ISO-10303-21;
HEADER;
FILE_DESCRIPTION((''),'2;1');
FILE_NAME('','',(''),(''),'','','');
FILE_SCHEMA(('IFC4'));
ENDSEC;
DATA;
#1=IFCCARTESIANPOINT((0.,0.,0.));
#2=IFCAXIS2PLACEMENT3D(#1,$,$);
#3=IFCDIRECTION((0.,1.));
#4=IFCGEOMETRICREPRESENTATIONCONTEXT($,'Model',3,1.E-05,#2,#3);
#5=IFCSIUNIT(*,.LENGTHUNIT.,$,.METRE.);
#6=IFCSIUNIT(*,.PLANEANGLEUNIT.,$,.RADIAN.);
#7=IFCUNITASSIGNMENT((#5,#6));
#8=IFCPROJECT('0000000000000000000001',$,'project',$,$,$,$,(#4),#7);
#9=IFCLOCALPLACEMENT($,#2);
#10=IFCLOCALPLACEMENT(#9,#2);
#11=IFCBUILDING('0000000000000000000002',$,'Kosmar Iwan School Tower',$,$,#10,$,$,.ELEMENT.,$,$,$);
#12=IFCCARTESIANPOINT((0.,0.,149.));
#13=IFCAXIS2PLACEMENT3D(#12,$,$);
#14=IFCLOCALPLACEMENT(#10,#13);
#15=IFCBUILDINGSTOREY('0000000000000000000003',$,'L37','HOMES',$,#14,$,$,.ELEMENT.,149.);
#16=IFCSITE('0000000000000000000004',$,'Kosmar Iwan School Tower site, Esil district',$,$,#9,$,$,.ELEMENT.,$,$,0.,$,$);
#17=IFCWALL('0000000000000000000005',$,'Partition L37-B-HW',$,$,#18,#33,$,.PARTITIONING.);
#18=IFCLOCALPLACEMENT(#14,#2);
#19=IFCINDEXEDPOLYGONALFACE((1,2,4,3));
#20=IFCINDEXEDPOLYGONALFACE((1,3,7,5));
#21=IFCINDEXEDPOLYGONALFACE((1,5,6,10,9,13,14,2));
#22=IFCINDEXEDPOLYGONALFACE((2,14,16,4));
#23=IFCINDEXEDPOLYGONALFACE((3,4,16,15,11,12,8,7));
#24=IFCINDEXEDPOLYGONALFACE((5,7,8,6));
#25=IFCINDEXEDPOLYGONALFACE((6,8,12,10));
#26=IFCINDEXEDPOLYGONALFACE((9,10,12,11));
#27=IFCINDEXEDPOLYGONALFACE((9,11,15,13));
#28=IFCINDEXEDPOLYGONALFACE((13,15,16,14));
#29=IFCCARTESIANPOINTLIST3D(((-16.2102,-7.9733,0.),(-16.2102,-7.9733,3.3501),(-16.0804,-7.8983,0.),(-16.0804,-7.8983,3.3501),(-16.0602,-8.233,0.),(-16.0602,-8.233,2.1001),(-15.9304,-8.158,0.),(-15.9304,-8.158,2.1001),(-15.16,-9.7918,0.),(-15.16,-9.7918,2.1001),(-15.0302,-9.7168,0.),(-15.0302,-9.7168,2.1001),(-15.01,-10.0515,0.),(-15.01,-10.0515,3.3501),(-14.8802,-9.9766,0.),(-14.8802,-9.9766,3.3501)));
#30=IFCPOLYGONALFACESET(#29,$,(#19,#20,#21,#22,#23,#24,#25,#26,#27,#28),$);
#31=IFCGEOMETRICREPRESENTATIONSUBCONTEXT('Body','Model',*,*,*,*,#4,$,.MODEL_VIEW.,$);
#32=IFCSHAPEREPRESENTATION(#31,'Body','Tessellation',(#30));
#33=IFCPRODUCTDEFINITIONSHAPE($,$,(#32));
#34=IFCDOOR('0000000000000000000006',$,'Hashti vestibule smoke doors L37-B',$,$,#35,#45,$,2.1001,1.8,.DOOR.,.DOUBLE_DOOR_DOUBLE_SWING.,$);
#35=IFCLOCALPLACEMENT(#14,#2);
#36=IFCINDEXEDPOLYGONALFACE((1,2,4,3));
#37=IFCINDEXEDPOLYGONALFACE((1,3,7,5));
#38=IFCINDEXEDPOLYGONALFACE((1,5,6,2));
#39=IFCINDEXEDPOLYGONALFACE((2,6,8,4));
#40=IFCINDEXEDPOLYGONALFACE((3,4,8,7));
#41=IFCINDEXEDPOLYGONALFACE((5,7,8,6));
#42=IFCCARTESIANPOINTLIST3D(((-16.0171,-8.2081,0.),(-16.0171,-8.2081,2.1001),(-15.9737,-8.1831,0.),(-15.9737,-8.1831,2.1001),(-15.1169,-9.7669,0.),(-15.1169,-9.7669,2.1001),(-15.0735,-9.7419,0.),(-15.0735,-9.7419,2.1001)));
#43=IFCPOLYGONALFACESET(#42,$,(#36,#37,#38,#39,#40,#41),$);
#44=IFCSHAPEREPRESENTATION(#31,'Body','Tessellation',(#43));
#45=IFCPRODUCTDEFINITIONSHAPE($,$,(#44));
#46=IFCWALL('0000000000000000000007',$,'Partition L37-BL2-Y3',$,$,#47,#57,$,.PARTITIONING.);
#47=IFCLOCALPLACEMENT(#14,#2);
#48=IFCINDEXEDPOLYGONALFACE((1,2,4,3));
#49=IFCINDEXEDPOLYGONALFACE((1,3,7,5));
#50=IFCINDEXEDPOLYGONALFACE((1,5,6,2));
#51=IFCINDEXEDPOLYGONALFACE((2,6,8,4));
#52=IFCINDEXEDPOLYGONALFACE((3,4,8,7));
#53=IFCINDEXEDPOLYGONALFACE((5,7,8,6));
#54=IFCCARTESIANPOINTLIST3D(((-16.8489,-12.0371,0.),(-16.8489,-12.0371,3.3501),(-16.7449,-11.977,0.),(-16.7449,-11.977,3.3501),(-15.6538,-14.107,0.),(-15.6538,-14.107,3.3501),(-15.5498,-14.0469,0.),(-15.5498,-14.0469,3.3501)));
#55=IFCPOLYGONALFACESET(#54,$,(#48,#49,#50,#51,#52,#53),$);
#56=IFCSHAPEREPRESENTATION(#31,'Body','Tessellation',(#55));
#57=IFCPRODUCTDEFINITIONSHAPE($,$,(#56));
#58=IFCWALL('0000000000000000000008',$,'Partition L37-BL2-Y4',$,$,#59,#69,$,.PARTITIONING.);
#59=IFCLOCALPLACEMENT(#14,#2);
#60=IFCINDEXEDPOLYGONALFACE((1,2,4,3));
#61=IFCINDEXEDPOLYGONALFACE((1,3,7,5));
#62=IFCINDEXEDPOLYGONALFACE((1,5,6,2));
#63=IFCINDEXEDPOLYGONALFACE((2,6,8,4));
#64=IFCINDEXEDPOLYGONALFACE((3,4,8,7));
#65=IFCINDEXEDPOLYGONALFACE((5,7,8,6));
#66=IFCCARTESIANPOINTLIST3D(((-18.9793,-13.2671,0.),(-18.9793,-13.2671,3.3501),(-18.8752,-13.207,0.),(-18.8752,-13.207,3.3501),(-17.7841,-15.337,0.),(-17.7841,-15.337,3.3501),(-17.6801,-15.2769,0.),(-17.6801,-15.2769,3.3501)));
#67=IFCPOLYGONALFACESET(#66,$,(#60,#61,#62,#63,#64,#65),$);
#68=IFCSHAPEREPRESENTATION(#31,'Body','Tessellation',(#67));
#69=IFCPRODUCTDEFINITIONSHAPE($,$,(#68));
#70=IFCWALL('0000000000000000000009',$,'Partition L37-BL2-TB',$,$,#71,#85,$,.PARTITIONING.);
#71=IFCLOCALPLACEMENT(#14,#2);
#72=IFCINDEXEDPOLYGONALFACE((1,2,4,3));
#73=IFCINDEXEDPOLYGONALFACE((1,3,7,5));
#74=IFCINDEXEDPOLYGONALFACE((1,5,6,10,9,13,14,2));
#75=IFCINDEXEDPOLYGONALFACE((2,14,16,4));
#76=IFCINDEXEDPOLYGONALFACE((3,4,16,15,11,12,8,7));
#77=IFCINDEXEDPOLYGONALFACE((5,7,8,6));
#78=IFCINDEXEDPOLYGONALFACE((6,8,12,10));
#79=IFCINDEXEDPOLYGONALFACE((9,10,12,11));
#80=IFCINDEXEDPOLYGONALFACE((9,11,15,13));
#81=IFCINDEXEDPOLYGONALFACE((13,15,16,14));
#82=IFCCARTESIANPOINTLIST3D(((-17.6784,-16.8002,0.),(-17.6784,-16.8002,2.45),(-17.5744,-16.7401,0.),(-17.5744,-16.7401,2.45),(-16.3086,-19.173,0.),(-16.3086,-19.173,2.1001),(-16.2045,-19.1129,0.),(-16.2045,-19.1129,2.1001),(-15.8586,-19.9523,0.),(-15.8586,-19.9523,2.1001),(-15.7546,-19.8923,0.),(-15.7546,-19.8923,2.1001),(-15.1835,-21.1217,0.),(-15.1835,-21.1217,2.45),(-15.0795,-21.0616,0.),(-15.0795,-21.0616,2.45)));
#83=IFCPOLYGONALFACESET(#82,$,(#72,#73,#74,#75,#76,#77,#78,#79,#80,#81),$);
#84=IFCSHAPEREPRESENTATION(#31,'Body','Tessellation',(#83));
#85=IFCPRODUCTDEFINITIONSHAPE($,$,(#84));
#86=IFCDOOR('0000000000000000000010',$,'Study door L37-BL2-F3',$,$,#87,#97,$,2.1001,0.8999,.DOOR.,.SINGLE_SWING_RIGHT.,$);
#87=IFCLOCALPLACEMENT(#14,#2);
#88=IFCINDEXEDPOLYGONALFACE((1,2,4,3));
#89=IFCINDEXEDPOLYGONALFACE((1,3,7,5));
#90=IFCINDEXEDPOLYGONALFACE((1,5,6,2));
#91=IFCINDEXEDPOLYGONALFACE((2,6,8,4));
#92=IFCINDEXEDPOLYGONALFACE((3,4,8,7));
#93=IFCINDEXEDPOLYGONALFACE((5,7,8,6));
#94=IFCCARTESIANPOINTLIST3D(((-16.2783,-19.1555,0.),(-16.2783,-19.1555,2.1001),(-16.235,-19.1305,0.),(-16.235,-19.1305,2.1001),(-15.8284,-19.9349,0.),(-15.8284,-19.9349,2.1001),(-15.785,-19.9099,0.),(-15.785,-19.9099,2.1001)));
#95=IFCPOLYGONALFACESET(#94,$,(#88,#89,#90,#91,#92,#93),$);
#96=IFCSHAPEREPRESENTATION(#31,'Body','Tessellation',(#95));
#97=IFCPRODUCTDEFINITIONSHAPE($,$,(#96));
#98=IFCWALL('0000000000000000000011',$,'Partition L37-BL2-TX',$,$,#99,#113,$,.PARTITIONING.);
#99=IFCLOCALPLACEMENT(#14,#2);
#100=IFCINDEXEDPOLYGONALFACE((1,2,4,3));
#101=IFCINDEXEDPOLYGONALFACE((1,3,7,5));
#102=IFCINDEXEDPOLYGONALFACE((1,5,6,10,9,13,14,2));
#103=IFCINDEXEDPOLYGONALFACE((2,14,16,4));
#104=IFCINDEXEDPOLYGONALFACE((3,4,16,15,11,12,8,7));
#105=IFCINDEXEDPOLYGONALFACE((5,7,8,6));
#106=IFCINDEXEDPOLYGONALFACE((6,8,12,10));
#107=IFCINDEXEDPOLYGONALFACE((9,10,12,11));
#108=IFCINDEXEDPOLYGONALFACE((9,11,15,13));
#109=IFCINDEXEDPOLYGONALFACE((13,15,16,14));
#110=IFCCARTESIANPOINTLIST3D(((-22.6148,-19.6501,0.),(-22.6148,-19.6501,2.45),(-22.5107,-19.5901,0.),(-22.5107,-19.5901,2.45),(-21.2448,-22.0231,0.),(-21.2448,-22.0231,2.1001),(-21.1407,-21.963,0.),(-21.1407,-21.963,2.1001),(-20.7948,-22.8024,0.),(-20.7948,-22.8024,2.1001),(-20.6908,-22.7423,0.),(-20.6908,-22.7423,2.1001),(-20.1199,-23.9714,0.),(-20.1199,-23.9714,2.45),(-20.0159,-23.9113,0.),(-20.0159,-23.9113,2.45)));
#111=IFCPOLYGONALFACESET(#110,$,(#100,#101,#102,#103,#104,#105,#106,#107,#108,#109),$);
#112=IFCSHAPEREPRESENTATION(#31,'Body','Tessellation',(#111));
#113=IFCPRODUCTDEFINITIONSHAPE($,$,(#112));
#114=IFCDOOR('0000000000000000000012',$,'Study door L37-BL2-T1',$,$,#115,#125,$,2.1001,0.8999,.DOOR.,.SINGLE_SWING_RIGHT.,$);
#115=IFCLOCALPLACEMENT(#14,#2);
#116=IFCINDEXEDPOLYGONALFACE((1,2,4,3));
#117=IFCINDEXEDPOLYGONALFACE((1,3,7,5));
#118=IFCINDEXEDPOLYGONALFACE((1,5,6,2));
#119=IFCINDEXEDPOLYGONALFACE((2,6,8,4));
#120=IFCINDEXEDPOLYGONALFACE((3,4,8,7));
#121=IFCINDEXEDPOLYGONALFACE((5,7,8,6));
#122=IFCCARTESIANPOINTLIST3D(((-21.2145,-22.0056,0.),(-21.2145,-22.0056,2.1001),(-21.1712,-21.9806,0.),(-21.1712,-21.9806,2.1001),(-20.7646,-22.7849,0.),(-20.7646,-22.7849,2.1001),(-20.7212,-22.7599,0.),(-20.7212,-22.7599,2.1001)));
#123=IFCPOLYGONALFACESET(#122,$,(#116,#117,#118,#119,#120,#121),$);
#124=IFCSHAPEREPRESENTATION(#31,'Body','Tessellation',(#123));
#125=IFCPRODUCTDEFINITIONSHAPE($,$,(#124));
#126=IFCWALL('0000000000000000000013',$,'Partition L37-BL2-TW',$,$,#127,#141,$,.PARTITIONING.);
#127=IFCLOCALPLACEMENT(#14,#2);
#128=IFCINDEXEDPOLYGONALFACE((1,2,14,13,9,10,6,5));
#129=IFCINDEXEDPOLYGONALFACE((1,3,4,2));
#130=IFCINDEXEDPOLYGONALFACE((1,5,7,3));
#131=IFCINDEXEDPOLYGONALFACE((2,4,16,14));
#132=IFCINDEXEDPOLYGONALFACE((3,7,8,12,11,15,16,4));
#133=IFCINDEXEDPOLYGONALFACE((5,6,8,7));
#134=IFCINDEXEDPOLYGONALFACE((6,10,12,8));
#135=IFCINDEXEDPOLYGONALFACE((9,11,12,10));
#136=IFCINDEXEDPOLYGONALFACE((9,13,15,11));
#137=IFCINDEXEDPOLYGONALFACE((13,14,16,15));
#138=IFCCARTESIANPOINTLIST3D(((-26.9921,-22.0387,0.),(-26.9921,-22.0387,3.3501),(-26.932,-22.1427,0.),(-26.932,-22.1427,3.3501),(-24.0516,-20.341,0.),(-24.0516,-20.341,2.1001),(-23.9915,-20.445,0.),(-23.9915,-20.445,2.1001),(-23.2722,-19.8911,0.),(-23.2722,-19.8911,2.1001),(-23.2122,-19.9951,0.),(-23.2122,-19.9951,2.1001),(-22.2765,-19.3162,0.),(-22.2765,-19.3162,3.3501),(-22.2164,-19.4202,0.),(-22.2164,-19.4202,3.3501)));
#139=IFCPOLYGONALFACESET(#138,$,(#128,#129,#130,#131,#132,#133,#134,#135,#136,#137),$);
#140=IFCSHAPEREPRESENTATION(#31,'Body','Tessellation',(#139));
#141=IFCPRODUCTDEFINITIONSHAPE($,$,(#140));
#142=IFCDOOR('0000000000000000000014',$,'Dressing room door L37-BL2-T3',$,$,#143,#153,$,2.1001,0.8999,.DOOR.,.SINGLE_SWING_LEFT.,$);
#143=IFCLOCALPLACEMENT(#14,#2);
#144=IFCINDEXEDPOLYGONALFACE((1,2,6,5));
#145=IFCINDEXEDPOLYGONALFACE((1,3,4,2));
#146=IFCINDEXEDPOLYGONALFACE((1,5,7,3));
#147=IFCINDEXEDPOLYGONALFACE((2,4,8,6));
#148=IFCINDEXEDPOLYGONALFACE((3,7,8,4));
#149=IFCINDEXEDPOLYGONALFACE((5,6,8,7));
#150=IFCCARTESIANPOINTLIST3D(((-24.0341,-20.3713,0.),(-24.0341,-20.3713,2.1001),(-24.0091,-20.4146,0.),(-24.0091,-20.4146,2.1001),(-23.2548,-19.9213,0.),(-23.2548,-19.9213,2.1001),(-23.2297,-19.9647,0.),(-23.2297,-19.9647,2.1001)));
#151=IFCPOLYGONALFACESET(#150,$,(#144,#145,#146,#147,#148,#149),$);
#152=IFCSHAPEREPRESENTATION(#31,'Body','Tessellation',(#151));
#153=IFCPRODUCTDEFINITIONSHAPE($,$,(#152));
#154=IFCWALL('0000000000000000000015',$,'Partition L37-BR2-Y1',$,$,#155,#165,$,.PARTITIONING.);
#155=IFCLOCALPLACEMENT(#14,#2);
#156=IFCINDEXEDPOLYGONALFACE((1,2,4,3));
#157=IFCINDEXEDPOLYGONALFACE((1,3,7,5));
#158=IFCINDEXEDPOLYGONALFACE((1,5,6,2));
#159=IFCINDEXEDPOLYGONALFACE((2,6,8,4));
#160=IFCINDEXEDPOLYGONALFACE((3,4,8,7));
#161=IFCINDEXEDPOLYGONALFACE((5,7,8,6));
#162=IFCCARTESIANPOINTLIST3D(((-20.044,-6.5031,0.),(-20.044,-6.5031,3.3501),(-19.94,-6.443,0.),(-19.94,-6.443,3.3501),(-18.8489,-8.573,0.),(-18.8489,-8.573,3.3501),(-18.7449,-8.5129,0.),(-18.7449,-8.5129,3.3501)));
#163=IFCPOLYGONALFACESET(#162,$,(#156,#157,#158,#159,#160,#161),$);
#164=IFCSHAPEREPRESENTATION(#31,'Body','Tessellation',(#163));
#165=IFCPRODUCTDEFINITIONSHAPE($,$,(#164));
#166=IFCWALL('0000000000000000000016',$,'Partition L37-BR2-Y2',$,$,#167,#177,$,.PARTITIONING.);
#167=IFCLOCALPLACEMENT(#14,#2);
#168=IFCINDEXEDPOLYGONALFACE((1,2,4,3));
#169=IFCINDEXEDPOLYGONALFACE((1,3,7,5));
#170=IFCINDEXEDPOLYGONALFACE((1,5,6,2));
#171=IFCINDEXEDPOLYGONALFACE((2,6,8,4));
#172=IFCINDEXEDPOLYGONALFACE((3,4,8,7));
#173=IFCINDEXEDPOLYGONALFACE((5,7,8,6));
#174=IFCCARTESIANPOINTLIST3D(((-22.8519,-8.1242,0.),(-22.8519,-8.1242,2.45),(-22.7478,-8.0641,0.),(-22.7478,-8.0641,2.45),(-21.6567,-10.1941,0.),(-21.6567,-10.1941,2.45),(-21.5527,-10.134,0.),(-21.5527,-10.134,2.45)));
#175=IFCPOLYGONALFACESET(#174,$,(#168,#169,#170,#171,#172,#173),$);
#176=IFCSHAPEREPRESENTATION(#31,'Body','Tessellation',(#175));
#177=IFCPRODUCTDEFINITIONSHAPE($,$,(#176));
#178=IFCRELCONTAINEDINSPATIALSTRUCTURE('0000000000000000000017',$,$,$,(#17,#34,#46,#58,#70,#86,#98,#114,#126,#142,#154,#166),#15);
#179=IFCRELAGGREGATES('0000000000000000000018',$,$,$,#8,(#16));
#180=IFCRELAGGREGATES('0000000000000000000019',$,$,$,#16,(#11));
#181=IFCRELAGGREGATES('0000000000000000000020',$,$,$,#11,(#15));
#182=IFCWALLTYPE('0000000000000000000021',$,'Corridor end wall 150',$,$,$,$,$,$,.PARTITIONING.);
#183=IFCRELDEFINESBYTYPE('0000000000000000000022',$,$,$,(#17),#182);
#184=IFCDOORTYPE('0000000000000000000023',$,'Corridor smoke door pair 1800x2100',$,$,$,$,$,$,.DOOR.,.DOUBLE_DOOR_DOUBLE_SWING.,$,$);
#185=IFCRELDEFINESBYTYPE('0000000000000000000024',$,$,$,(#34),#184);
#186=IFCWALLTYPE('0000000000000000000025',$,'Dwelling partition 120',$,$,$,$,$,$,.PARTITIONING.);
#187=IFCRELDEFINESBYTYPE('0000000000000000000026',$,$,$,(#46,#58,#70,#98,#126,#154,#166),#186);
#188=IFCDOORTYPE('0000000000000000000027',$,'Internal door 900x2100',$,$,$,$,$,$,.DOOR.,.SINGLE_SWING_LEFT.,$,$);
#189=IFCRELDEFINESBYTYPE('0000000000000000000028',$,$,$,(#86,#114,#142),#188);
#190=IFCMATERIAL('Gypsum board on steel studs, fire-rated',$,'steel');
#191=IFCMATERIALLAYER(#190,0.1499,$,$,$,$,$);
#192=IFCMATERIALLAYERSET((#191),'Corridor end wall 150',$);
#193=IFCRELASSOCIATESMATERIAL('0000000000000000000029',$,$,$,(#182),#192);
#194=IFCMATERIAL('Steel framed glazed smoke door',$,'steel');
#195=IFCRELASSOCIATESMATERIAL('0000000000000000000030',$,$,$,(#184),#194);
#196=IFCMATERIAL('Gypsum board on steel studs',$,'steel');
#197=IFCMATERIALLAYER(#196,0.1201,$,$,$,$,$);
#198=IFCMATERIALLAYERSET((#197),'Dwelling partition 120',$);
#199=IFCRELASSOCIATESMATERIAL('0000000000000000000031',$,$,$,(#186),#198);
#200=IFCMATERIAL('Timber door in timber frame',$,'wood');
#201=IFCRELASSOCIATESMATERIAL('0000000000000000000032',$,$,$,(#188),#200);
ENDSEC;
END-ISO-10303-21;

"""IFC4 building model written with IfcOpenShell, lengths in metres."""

from ifc_helpers import new_model, si_unit, direction, frame, frame_2d, origin, place, context, subcontext, project, spatial, rectangle, extrude, material, layer, layer_set, type_object, element, fill, save


model = new_model("IFC4")

# Units and contexts
model_context = context("Model", 3, precision=1e-05, world=origin(), true_north=direction((0.0, 1.0)))
body_context = subcontext(model_context, "Body", "Model", "MODEL_VIEW")
ifc_project = project(units=[si_unit("LENGTHUNIT", "METRE"), si_unit("PLANEANGLEUNIT", "RADIAN")], contexts=[model_context])

# Site, building, storey
site_placement = place(None, origin())
site = spatial("IfcSite", under=ifc_project, at=site_placement, Name="Kosmar Iwan School Tower site, Esil district", CompositionType="ELEMENT", RefElevation=0.0)
building_placement = place(site_placement, origin())
building = spatial("IfcBuilding", under=site, at=building_placement, Name="Kosmar Iwan School Tower", CompositionType="ELEMENT")
storey_placement = place(building_placement, frame((0.0, 0.0, 149.0)))
storey = spatial("IfcBuildingStorey", under=building, at=storey_placement, Name="L37", Description="HOMES", CompositionType="ELEMENT", Elevation=149.0)

# Wall, opening, door
ifc_material_1 = material(Name="Gypsum board on steel studs, fire-rated", Category="steel")
ifc_layer_1 = layer(ifc_material_1, 0.1499)
ifc_layer_set_1 = layer_set([ifc_layer_1], Name="Corridor end wall 150")
wall_type_1 = type_object("IfcWallType", Name="Corridor end wall 150", PredefinedType="PARTITIONING", material=ifc_layer_set_1)
wall_1_placement = place(storey_placement, frame((-16.1453, -7.9358, 0.0), z_axis=(0.0, 0.0, 1.0), x_axis=(0.500078, -0.865981, 0.0)))
wall_1 = element("IfcWall", 1, at=wall_1_placement, inside=storey, type_object=wall_type_1, Name="Partition L37-B-HW", PredefinedType="PARTITIONING", context=body_context, shape_type="SweptSolid", body=[
    extrude(rectangle(XDim=2.3999, YDim=0.1499, at=frame_2d((1.2, 0.0))), origin(), (0.0, 0.0, 1.0), 3.3501),
])
opening_1_placement = place(wall_1_placement, frame((0.3, 0.0, 0.0)))
opening_1 = element("IfcOpeningElement", 2, at=opening_1_placement, cuts=wall_1, PredefinedType="OPENING", context=body_context, shape_type="SweptSolid", body=[
    extrude(rectangle(XDim=1.8, YDim=2.1001, at=frame_2d((0.8999, 1.05))), frame((0.0, 0.0869, 0.0), z_axis=(0.0, -1.0, 0.0), x_axis=(1.0, 0.0, 0.0)), (0.0, 0.0, 1.0), 0.1738),
])
ifc_material_2 = material(Name="Steel framed glazed smoke door", Category="steel")
door_type_1 = type_object("IfcDoorType", Name="Corridor smoke door pair 1800x2100", OperationType="DOUBLE_DOOR_DOUBLE_SWING", PredefinedType="DOOR", material=ifc_material_2)
door_1_placement = place(opening_1_placement, origin())
door_1 = element("IfcDoor", 3, at=door_1_placement, inside=storey, type_object=door_type_1, Name="Hashti vestibule smoke doors L37-B", OperationType="DOUBLE_DOOR_DOUBLE_SWING", OverallHeight=2.1001, OverallWidth=1.8, PredefinedType="DOOR", context=body_context, shape_type="SweptSolid", body=[
    extrude(rectangle(XDim=1.8, YDim=2.1001, at=frame_2d((0.8999, 1.05))), frame((0.0, 0.0249, 0.0), z_axis=(0.0, -1.0, 0.0), x_axis=(1.0, 0.0, 0.0)), (0.0, 0.0, 1.0), 0.05),
])
fill(opening_1, door_1)

# Walls
ifc_material_3 = material(Name="Gypsum board on steel studs", Category="steel")
ifc_layer_2 = layer(ifc_material_3, 0.1201)
ifc_layer_set_2 = layer_set([ifc_layer_2], Name="Dwelling partition 120")
wall_type_2 = type_object("IfcWallType", Name="Dwelling partition 120", PredefinedType="PARTITIONING", material=ifc_layer_set_2)
for number, where, z_axis, x_axis, name in (
    (4, (-16.7969, -12.0071, 0.0), (0.0, 0.0, 1.0), (0.500017, -0.866015, 0.0), "Partition L37-BL2-Y3"),
    (5, (-18.9272, -13.2371, 0.0), (0.0, 0.0, 1.0), (0.500017, -0.866015, 0.0), "Partition L37-BL2-Y4"),
):
    element("IfcWall", number, at=place(storey_placement, frame(where, z_axis=z_axis, x_axis=x_axis)), inside=storey, type_object=wall_type_2, Name=name, PredefinedType="PARTITIONING", context=body_context, shape_type="SweptSolid", body=[
        extrude(rectangle(XDim=2.3901, YDim=0.1201, at=frame_2d((1.1951, 0.0))), origin(), (0.0, 0.0, 1.0), 3.3501),
    ])

# Walls, openings, doors
wall_2_placement = place(storey_placement, frame((-17.6265, -16.77, 0.0), z_axis=(0.0, 0.0, 1.0), x_axis=(0.499975, -0.86604, 0.0)))
wall_2 = element("IfcWall", 6, at=wall_2_placement, inside=storey, type_object=wall_type_2, Name="Partition L37-BL2-TB", PredefinedType="PARTITIONING", context=body_context, shape_type="SweptSolid", body=[
    extrude(rectangle(XDim=4.99, YDim=0.1201, at=frame_2d((2.4951, 0.0))), origin(), (0.0, 0.0, 1.0), 2.45),
])
opening_2_placement = place(wall_2_placement, frame((2.74, 0.0, 0.0)))
opening_2 = element("IfcOpeningElement", 7, at=opening_2_placement, cuts=wall_2, PredefinedType="OPENING", context=body_context, shape_type="SweptSolid", body=[
    extrude(rectangle(XDim=0.8999, YDim=2.1001, at=frame_2d((0.45, 1.05))), frame((0.0, 0.072, 0.0), z_axis=(0.0, -1.0, 0.0), x_axis=(1.0, 0.0, 0.0)), (0.0, 0.0, 1.0), 0.144),
])
ifc_material_4 = material(Name="Timber door in timber frame", Category="wood")
door_type_2 = type_object("IfcDoorType", Name="Internal door 900x2100", OperationType="SINGLE_SWING_LEFT", PredefinedType="DOOR", material=ifc_material_4)
door_2_placement = place(opening_2_placement, origin())
door_2 = element("IfcDoor", 8, at=door_2_placement, inside=storey, type_object=door_type_2, Name="Study door L37-BL2-F3", OperationType="SINGLE_SWING_RIGHT", OverallHeight=2.1001, OverallWidth=0.8999, PredefinedType="DOOR", context=body_context, shape_type="SweptSolid", body=[
    extrude(rectangle(XDim=0.8999, YDim=2.1001, at=frame_2d((0.45, 1.05))), frame((0.0, 0.0249, 0.0), z_axis=(0.0, -1.0, 0.0), x_axis=(1.0, 0.0, 0.0)), (0.0, 0.0, 1.0), 0.05),
])
fill(opening_2, door_2)
wall_3_placement = place(storey_placement, frame((-22.5627, -19.6201, 0.0), z_axis=(0.0, 0.0, 1.0), x_axis=(0.499996, -0.866028, 0.0)))
wall_3 = element("IfcWall", 9, at=wall_3_placement, inside=storey, type_object=wall_type_2, Name="Partition L37-BL2-TX", PredefinedType="PARTITIONING", context=body_context, shape_type="SweptSolid", body=[
    extrude(rectangle(XDim=4.9897, YDim=0.1201, at=frame_2d((2.4949, 0.0))), origin(), (0.0, 0.0, 1.0), 2.45),
])
opening_3_placement = place(wall_3_placement, frame((2.74, 0.0, 0.0)))
opening_3 = element("IfcOpeningElement", 10, at=opening_3_placement, cuts=wall_3, PredefinedType="OPENING", context=body_context, shape_type="SweptSolid", body=[
    extrude(rectangle(XDim=0.8999, YDim=2.1001, at=frame_2d((0.45, 1.05))), frame((0.0, 0.072, 0.0), z_axis=(0.0, -1.0, 0.0), x_axis=(1.0, 0.0, 0.0)), (0.0, 0.0, 1.0), 0.144),
])
door_3_placement = place(opening_3_placement, origin())
door_3 = element("IfcDoor", 11, at=door_3_placement, inside=storey, type_object=door_type_2, Name="Study door L37-BL2-T1", OperationType="SINGLE_SWING_RIGHT", OverallHeight=2.1001, OverallWidth=0.8999, PredefinedType="DOOR", context=body_context, shape_type="SweptSolid", body=[
    extrude(rectangle(XDim=0.8999, YDim=2.1001, at=frame_2d((0.45, 1.05))), frame((0.0, 0.0249, 0.0), z_axis=(0.0, -1.0, 0.0), x_axis=(1.0, 0.0, 0.0)), (0.0, 0.0, 1.0), 0.05),
])
fill(opening_3, door_3)
wall_4_placement = place(storey_placement, frame((-22.2463, -19.3682, 0.0), z_axis=(0.0, 0.0, 1.0), x_axis=(-0.866036, -0.499982, 0.0)))
wall_4 = element("IfcWall", 12, at=wall_4_placement, inside=storey, type_object=wall_type_2, Name="Partition L37-BL2-TW", PredefinedType="PARTITIONING", context=body_context, shape_type="SweptSolid", body=[
    extrude(rectangle(XDim=5.4451, YDim=0.1201, at=frame_2d((2.7227, 0.0))), origin(), (0.0, 0.0, 1.0), 3.3501),
])
opening_4_placement = place(wall_4_placement, frame((1.1499, 0.0, 0.0)))
opening_4 = element("IfcOpeningElement", 13, at=opening_4_placement, cuts=wall_4, PredefinedType="OPENING", context=body_context, shape_type="SweptSolid", body=[
    extrude(rectangle(XDim=0.8999, YDim=2.1001, at=frame_2d((0.45, 1.05))), frame((0.0, 0.072, 0.0), z_axis=(0.0, -1.0, 0.0), x_axis=(1.0, 0.0, 0.0)), (0.0, 0.0, 1.0), 0.144),
])
door_4_placement = place(opening_4_placement, origin())
door_4 = element("IfcDoor", 14, at=door_4_placement, inside=storey, type_object=door_type_2, Name="Dressing room door L37-BL2-T3", OperationType="SINGLE_SWING_LEFT", OverallHeight=2.1001, OverallWidth=0.8999, PredefinedType="DOOR", context=body_context, shape_type="SweptSolid", body=[
    extrude(rectangle(XDim=0.8999, YDim=2.1001, at=frame_2d((0.45, 1.05))), frame((0.0, 0.0249, 0.0), z_axis=(0.0, -1.0, 0.0), x_axis=(1.0, 0.0, 0.0)), (0.0, 0.0, 1.0), 0.05),
])
fill(opening_4, door_4)

# Walls
wall_5_placement = place(storey_placement, frame((-18.7969, -8.543, 0.0), z_axis=(0.0, 0.0, 1.0), x_axis=(-0.500017, 0.866015, 0.0)))
element("IfcWall", 15, at=wall_5_placement, inside=storey, type_object=wall_type_2, Name="Partition L37-BR2-Y1", PredefinedType="PARTITIONING", context=body_context, shape_type="SweptSolid", body=[
    extrude(rectangle(XDim=2.3901, YDim=0.1201, at=frame_2d((1.1951, 0.0))), origin(), (0.0, 0.0, 1.0), 3.3501),
])
wall_6_placement = place(storey_placement, frame((-21.6047, -10.1641, 0.0), z_axis=(0.0, 0.0, 1.0), x_axis=(-0.500017, 0.866015, 0.0)))
element("IfcWall", 16, at=wall_6_placement, inside=storey, type_object=wall_type_2, Name="Partition L37-BR2-Y2", PredefinedType="PARTITIONING", context=body_context, shape_type="SweptSolid", body=[
    extrude(rectangle(XDim=2.3901, YDim=0.1201, at=frame_2d((1.1951, 0.0))), origin(), (0.0, 0.0, 1.0), 2.45),
])

save(model, "model.ifc")
